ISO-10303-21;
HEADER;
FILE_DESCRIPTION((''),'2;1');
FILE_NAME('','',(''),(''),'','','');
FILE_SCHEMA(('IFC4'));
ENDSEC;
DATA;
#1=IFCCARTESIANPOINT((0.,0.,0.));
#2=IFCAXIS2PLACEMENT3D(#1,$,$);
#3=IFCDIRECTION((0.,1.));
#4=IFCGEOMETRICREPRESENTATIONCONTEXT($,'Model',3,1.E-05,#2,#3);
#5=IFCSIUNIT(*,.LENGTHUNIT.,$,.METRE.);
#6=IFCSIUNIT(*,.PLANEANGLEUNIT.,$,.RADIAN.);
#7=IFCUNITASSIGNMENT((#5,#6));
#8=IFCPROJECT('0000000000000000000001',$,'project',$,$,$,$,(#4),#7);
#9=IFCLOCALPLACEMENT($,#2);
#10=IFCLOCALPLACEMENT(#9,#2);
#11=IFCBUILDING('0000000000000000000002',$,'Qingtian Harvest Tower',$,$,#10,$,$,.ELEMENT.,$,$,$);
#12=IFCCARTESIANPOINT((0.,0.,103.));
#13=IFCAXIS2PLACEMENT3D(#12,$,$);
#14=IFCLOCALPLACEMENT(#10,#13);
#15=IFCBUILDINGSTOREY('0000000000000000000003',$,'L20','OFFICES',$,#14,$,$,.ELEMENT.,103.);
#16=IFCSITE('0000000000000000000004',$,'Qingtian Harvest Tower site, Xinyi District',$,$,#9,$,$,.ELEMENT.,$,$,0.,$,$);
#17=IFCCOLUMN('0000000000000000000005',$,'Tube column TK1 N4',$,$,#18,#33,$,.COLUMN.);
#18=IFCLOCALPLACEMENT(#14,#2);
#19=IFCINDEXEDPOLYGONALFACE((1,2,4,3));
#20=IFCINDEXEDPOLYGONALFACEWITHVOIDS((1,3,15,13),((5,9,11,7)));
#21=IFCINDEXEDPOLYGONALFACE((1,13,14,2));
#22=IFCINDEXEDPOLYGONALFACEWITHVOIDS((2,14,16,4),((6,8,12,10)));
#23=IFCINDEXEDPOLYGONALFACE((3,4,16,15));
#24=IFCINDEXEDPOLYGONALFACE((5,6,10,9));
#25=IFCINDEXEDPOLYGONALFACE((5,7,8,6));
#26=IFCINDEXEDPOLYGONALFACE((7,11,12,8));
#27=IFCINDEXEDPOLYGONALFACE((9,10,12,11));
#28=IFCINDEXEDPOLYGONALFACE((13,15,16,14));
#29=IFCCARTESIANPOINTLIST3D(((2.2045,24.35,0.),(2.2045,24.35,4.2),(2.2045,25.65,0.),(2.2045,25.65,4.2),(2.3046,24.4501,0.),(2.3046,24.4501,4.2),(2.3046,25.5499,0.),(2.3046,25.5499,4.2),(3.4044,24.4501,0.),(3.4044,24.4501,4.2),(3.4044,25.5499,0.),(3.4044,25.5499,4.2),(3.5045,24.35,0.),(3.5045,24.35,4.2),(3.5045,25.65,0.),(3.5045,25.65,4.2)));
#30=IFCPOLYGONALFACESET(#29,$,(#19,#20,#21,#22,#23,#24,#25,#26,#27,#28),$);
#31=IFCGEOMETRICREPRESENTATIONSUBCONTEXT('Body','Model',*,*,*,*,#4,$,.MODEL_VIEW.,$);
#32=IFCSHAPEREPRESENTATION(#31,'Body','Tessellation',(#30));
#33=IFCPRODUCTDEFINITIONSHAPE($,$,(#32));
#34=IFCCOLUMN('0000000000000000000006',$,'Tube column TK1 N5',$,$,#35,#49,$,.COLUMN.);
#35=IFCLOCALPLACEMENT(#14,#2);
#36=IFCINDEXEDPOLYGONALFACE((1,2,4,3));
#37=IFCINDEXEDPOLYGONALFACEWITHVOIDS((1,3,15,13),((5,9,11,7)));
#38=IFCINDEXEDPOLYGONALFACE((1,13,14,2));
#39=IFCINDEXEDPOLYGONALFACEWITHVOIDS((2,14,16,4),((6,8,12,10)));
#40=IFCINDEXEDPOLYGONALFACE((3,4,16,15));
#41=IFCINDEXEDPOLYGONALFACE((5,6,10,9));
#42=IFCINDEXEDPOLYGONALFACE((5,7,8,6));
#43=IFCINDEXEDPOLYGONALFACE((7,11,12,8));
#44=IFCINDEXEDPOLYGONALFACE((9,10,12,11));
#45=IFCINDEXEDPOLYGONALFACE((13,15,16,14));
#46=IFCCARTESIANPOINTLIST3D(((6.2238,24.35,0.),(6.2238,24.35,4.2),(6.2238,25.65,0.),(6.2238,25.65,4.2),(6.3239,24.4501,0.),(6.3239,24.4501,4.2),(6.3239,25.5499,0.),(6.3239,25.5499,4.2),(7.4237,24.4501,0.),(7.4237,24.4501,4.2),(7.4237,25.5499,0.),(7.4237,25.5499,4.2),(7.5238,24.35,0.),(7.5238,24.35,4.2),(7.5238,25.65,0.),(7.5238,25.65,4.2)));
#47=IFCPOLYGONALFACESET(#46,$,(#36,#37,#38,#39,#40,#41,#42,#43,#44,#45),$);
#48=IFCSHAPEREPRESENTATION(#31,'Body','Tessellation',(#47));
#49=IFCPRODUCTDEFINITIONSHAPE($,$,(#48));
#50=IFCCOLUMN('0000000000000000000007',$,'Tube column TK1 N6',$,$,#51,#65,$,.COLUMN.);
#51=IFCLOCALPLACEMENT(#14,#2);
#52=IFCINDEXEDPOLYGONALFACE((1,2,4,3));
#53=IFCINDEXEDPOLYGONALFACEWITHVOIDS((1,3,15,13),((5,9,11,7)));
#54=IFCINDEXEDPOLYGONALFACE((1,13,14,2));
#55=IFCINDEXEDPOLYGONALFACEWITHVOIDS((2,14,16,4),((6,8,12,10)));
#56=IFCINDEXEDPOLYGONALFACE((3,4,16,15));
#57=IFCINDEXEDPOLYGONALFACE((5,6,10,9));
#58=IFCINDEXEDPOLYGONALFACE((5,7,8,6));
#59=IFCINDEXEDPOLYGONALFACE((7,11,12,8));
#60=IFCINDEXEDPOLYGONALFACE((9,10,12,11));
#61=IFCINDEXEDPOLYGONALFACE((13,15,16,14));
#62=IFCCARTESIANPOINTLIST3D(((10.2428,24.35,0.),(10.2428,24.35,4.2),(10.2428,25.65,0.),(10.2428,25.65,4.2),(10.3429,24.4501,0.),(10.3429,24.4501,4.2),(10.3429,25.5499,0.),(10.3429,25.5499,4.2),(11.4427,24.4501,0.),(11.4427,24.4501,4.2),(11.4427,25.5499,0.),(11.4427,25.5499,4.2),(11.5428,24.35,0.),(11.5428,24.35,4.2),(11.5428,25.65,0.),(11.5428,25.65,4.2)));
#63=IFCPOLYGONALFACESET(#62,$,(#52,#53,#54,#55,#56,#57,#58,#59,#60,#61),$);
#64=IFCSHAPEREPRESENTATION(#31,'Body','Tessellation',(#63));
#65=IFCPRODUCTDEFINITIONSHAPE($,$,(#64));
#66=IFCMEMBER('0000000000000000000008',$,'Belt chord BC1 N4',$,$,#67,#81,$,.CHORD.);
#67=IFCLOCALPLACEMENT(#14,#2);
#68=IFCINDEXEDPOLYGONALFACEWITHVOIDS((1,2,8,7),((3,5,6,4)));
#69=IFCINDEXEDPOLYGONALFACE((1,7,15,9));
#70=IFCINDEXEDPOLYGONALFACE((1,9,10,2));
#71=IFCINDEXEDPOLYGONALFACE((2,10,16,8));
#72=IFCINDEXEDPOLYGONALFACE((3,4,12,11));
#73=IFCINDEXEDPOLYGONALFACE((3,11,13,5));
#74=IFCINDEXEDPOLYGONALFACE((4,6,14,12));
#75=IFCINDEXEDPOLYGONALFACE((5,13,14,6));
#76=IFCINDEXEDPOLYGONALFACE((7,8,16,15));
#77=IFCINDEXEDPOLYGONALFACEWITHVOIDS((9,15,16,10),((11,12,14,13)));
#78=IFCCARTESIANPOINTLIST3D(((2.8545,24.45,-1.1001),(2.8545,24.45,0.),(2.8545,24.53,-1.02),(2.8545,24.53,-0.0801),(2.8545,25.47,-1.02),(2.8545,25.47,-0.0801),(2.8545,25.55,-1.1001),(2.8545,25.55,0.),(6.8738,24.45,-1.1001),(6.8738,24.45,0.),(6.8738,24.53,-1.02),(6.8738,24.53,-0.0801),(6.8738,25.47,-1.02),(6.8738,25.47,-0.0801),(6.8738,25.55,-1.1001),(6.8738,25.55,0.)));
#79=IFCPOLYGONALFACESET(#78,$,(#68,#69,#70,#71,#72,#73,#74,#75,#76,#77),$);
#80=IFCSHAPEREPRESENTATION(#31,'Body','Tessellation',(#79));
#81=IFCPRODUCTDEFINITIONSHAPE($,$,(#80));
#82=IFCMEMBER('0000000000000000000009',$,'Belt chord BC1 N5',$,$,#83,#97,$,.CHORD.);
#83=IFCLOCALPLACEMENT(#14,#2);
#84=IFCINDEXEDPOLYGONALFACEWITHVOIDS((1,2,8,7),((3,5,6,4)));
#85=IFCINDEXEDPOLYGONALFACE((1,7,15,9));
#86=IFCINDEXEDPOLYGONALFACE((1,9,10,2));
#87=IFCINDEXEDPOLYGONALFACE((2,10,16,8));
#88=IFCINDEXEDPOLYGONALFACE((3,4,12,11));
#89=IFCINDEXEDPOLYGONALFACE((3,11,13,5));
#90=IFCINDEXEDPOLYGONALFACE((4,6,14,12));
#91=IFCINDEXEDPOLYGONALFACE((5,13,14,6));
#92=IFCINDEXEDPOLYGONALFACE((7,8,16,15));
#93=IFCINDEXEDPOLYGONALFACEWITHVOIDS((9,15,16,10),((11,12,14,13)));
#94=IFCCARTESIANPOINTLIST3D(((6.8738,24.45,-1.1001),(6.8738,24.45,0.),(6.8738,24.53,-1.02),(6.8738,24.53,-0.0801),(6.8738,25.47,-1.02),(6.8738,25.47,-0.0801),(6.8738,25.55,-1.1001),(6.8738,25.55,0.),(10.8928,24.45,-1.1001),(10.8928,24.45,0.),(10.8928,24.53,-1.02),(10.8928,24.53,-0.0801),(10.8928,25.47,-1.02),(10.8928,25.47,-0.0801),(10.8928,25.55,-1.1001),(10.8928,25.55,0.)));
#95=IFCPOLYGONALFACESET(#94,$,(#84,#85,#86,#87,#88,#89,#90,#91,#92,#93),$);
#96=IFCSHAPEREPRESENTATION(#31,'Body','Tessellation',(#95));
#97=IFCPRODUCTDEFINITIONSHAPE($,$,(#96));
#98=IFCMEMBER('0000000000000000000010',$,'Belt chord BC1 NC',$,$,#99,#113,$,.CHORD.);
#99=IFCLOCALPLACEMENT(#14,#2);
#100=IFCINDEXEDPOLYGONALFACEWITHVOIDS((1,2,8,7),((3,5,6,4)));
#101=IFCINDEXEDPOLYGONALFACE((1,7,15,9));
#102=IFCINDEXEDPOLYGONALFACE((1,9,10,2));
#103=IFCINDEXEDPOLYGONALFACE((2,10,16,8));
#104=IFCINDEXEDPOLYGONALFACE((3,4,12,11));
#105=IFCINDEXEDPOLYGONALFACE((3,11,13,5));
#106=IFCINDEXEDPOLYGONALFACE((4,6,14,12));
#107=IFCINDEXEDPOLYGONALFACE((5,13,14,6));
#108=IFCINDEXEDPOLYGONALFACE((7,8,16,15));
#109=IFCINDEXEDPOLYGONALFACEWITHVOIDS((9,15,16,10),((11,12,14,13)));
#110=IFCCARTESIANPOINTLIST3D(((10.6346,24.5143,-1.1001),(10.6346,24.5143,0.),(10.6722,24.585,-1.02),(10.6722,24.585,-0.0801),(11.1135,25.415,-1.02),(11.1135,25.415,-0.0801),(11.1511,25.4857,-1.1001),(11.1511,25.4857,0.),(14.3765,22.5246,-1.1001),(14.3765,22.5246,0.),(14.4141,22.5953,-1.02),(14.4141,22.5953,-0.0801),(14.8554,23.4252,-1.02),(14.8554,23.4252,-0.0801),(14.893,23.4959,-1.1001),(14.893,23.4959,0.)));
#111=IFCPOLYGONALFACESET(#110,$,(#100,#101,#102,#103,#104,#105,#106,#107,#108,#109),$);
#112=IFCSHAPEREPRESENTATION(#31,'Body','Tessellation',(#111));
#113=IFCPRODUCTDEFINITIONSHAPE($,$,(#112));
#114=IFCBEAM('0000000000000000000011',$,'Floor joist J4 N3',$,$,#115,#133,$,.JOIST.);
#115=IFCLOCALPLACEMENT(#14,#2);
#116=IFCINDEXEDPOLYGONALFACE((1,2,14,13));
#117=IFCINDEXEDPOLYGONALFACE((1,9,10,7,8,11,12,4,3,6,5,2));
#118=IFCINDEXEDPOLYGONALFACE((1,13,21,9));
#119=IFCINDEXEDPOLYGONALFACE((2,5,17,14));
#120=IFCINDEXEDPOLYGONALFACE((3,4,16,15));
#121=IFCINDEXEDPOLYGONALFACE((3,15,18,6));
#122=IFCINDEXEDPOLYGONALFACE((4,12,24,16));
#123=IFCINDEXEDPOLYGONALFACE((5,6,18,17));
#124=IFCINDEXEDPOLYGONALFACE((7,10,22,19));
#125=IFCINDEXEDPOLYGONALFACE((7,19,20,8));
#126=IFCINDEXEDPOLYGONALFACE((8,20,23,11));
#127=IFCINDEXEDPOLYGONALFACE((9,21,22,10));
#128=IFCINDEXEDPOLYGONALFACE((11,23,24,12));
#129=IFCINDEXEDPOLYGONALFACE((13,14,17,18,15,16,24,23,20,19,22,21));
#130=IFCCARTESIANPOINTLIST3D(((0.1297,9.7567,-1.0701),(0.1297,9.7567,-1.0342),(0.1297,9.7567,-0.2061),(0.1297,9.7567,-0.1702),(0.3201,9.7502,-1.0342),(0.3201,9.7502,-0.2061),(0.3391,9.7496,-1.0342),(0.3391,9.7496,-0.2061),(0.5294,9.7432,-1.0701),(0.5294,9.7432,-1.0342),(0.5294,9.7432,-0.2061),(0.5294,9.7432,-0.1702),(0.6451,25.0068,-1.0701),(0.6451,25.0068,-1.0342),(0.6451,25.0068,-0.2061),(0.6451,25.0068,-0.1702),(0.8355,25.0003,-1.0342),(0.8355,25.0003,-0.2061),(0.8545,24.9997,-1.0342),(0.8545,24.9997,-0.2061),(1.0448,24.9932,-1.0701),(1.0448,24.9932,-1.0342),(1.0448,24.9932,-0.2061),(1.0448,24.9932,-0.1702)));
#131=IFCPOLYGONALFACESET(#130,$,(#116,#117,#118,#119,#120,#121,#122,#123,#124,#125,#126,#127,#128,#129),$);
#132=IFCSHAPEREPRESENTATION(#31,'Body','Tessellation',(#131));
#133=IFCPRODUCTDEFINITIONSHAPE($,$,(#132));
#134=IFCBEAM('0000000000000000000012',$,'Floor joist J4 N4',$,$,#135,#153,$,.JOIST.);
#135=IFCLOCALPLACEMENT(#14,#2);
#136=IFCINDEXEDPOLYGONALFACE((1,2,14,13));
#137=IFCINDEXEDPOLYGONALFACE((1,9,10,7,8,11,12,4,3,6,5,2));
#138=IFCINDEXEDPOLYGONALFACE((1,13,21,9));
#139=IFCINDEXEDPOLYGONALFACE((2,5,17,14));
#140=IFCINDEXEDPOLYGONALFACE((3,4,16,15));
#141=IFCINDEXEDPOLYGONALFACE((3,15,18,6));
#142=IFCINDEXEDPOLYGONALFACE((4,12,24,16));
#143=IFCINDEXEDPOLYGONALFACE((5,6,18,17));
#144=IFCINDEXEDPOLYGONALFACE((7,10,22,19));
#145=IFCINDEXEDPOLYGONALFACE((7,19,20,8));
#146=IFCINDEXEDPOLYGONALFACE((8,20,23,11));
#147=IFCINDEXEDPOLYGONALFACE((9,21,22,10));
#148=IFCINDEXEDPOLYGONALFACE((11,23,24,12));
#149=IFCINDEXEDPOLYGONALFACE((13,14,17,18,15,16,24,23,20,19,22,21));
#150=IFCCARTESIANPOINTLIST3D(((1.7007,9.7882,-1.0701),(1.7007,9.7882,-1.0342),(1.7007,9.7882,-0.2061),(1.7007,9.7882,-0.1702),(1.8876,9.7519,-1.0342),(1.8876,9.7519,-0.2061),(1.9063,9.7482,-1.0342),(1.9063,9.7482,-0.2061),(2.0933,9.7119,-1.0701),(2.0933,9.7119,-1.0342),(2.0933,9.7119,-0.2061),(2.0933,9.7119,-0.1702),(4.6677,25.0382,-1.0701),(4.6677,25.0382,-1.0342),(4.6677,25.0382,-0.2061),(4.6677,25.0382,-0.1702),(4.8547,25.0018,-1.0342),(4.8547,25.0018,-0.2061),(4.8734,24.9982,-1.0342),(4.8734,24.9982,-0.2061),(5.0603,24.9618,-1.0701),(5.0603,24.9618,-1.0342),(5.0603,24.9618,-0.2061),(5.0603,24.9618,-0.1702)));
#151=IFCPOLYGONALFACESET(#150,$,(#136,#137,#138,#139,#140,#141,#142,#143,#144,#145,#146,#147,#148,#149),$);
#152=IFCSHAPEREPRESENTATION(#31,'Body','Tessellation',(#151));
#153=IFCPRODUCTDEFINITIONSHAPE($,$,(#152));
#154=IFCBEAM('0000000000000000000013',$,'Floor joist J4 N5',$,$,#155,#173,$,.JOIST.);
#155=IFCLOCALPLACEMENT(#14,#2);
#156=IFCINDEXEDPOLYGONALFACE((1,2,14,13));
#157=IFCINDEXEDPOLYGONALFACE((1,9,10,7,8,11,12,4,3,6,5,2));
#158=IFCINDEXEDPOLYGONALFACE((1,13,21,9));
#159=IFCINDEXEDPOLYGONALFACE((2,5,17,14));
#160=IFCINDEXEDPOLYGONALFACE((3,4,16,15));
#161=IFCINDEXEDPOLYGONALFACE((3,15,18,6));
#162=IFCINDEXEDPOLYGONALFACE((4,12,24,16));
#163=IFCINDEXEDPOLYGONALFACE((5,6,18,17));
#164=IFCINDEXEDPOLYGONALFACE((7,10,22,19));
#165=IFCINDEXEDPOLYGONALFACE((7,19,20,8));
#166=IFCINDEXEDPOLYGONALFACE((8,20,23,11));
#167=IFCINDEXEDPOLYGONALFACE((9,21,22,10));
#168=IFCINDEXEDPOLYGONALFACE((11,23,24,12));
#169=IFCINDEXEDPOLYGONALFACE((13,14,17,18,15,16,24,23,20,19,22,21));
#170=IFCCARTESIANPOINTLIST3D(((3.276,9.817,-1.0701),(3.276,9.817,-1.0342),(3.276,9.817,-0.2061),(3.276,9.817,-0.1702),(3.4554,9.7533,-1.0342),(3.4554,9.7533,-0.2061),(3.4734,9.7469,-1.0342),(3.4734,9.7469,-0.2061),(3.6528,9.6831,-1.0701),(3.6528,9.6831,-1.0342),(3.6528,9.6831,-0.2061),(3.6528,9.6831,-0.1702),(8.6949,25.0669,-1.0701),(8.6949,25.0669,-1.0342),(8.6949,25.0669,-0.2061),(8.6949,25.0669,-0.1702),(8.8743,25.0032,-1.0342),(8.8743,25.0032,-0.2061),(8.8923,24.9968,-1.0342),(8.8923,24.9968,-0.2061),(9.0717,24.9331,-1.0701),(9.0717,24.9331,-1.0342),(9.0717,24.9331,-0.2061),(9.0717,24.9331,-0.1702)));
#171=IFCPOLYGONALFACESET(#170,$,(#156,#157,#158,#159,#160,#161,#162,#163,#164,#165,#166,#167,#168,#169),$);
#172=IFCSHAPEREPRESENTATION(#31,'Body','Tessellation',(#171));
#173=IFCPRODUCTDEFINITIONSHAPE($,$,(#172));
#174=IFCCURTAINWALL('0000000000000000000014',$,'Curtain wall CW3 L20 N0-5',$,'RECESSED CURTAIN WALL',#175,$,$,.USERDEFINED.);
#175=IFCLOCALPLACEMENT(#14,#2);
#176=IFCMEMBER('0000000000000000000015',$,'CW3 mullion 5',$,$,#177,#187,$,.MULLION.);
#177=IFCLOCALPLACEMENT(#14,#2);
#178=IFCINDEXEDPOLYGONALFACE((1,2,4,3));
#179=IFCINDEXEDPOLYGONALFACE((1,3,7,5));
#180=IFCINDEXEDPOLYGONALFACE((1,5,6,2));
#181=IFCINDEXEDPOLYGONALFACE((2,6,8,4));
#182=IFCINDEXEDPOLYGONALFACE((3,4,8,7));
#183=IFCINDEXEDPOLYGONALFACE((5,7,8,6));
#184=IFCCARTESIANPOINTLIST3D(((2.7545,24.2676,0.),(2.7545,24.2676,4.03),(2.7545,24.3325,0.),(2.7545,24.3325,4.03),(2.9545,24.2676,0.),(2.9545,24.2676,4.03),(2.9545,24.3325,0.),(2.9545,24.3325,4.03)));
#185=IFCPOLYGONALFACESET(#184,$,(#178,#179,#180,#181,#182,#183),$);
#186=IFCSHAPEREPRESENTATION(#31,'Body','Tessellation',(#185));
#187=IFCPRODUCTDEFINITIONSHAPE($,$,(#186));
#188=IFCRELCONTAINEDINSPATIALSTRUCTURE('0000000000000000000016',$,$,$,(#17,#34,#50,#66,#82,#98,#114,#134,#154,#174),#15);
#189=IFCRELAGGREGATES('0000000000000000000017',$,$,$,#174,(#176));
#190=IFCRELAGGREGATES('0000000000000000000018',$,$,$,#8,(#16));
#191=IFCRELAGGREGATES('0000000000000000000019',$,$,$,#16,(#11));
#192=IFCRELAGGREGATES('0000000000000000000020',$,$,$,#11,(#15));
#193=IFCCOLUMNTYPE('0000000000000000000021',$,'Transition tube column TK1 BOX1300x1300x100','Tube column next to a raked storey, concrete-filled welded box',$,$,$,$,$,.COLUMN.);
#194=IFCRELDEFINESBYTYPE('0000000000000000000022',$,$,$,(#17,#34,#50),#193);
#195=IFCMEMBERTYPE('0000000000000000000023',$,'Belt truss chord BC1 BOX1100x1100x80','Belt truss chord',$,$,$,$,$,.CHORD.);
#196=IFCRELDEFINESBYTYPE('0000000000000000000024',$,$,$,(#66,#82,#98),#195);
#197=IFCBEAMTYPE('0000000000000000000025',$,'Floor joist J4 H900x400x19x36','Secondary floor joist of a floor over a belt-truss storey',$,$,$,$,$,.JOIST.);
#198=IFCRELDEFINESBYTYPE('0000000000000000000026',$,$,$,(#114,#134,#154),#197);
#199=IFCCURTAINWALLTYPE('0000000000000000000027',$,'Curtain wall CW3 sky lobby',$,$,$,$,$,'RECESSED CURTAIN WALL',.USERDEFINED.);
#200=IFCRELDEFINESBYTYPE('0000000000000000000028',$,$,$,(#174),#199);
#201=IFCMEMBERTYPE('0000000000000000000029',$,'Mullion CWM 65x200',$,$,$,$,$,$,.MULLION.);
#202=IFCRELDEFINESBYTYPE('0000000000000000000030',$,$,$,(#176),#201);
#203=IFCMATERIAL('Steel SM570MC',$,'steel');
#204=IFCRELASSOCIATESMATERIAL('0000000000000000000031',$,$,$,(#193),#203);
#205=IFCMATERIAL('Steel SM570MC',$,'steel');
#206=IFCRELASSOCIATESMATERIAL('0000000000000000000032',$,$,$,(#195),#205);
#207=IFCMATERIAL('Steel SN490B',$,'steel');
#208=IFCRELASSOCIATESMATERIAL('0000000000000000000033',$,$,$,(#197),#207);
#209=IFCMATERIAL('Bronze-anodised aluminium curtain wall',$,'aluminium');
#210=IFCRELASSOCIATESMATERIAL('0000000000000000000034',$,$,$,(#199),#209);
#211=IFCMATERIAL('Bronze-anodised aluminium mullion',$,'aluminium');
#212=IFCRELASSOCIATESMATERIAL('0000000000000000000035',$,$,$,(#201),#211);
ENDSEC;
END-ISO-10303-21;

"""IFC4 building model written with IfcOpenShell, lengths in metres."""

from ifc_helpers import new_model, si_unit, direction, frame, origin, origin_2d, place, context, subcontext, project, spatial, rectangle, hollow_rectangle, i_section, extrude, material, material_profile, profile_set, type_object, element, aggregate, save


model = new_model("IFC4")

# Units and contexts
model_context = context("Model", 3, precision=1e-05, world=origin(), true_north=direction((0.0, 1.0)))
body_context = subcontext(model_context, "Body", "Model", "MODEL_VIEW")
ifc_project = project(units=[si_unit("LENGTHUNIT", "METRE"), si_unit("PLANEANGLEUNIT", "RADIAN")], contexts=[model_context])

# Site, building, storey
site_placement = place(None, origin())
site = spatial("IfcSite", under=ifc_project, at=site_placement, Name="Qingtian Harvest Tower site, Xinyi District", CompositionType="ELEMENT", RefElevation=0.0)
building_placement = place(site_placement, origin())
building = spatial("IfcBuilding", under=site, at=building_placement, Name="Qingtian Harvest Tower", CompositionType="ELEMENT")
storey_placement = place(building_placement, frame((0.0, 0.0, 103.0)))
storey = spatial("IfcBuildingStorey", under=building, at=storey_placement, Name="L20", Description="OFFICES", CompositionType="ELEMENT", Elevation=103.0)

# Columns
ifc_material_1 = material(Name="Steel SM570MC", Category="steel")
ifc_material_profile_1 = material_profile(ifc_material_1, hollow_rectangle(XDim=1.3, YDim=1.3, WallThickness=0.1001, at=origin_2d()), Name="BOX1300x1300x100")
ifc_profile_set_1 = profile_set([ifc_material_profile_1], Name="Steel SM570MC")
column_type = type_object("IfcColumnType", Name="Transition tube column TK1 BOX1300x1300x100", Description="Tube column next to a raked storey, concrete-filled welded box", PredefinedType="COLUMN", material=ifc_profile_set_1)
for number, where, z_axis, x_axis, name in (
    (1, (2.8545, 25.0, 0.0), (0.0, 0.0, 1.0), (-1.0, 0.0, 0.0), "Tube column TK1 N4"),
    (2, (6.8738, 25.0, 0.0), (0.0, 0.0, 1.0), (-1.0, 0.0, 0.0), "Tube column TK1 N5"),
    (3, (10.8928, 25.0, 0.0), (0.0, 0.0, 1.0), (-1.0, 0.0, 0.0), "Tube column TK1 N6"),
):
    element("IfcColumn", number, at=place(storey_placement, frame(where, z_axis=z_axis, x_axis=x_axis)), inside=storey, type_object=column_type, Name=name, PredefinedType="COLUMN", context=body_context, shape_type="SweptSolid", body=[
        extrude(hollow_rectangle(XDim=1.3, YDim=1.3, WallThickness=0.1001, at=origin_2d()), origin(), (0.0, 0.0, 1.0), 4.2),
    ])

# Members
ifc_material_2 = material(Name="Steel SM570MC", Category="steel")
ifc_material_profile_2 = material_profile(ifc_material_2, hollow_rectangle(XDim=1.1001, YDim=1.1001, WallThickness=0.0801, at=origin_2d()), Name="BOX1100x1100x80")
ifc_profile_set_2 = profile_set([ifc_material_profile_2], Name="Steel SM570MC")
member_type_1 = type_object("IfcMemberType", Name="Belt truss chord BC1 BOX1100x1100x80", Description="Belt truss chord", PredefinedType="CHORD", material=ifc_profile_set_2)
member_1_placement = place(storey_placement, frame((2.8545, 25.0, -0.55), z_axis=(1.0, 0.0, 0.0), x_axis=(0.0, 1.0, 0.0)))
element("IfcMember", 4, at=member_1_placement, inside=storey, type_object=member_type_1, Name="Belt chord BC1 N4", PredefinedType="CHORD", context=body_context, shape_type="SweptSolid", body=[
    extrude(hollow_rectangle(XDim=1.1001, YDim=1.1001, WallThickness=0.0801, at=origin_2d()), origin(), (0.0, 0.0, 1.0), 4.0193),
])
member_2_placement = place(storey_placement, frame((6.8738, 25.0, -0.55), z_axis=(1.0, 0.0, 0.0), x_axis=(0.0, 1.0, 0.0)))
element("IfcMember", 5, at=member_2_placement, inside=storey, type_object=member_type_1, Name="Belt chord BC1 N5", PredefinedType="CHORD", context=body_context, shape_type="SweptSolid", body=[
    extrude(hollow_rectangle(XDim=1.1001, YDim=1.1001, WallThickness=0.0801, at=origin_2d()), origin(), (0.0, 0.0, 1.0), 4.019),
])
member_3_placement = place(storey_placement, frame((10.8928, 25.0, -0.55), z_axis=(0.882936, -0.469494, 0.0), x_axis=(0.469494, 0.882936, 0.0)))
element("IfcMember", 6, at=member_3_placement, inside=storey, type_object=member_type_1, Name="Belt chord BC1 NC", PredefinedType="CHORD", context=body_context, shape_type="SweptSolid", body=[
    extrude(hollow_rectangle(XDim=1.1001, YDim=1.1001, WallThickness=0.0801, at=origin_2d()), origin(), (0.0, 0.0, 1.0), 4.238),
])

# Beams
ifc_material_3 = material(Name="Steel SN490B", Category="steel")
ifc_material_profile_3 = material_profile(ifc_material_3, i_section(OverallWidth=0.3999, OverallDepth=0.8999, WebThickness=0.019, FlangeThickness=0.0359, at=origin_2d()), Name="H900x400x19x36")
ifc_profile_set_3 = profile_set([ifc_material_profile_3], Name="Steel SN490B")
beam_type_1 = type_object("IfcBeamType", Name="Floor joist J4 H900x400x19x36", Description="Secondary floor joist of a floor over a belt-truss storey", PredefinedType="JOIST", material=ifc_profile_set_3)
beam_1_placement = place(storey_placement, frame((0.845, 25.0, -0.6201), z_axis=(-0.033776, -0.999429, 0.0), x_axis=(0.999429, -0.033776, 0.0)))
element("IfcBeam", 7, at=beam_1_placement, inside=storey, type_object=beam_type_1, Name="Floor joist J4 N3", PredefinedType="JOIST", context=body_context, shape_type="SweptSolid", body=[
    extrude(i_section(OverallWidth=0.3999, OverallDepth=0.8999, WebThickness=0.019, FlangeThickness=0.0359, at=origin_2d()), origin(), (0.0, 0.0, 1.0), 15.2588),
])
beam_2_placement = place(storey_placement, frame((4.864, 25.0, -0.6201), z_axis=(-0.190979, -0.981594, 0.0), x_axis=(0.981594, -0.190979, 0.0)))
element("IfcBeam", 8, at=beam_2_placement, inside=storey, type_object=beam_type_1, Name="Floor joist J4 N4", PredefinedType="JOIST", context=body_context, shape_type="SweptSolid", body=[
    extrude(i_section(OverallWidth=0.3999, OverallDepth=0.8999, WebThickness=0.019, FlangeThickness=0.0359, at=origin_2d()), origin(), (0.0, 0.0, 1.0), 15.5359),
])
beam_3_placement = place(storey_placement, frame((8.8833, 25.0, -0.6201), z_axis=(-0.33483, -0.942279, 0.0), x_axis=(0.942279, -0.33483, 0.0)))
element("IfcBeam", 9, at=beam_3_placement, inside=storey, type_object=beam_type_1, Name="Floor joist J4 N5", PredefinedType="JOIST", context=body_context, shape_type="SweptSolid", body=[
    extrude(i_section(OverallWidth=0.3999, OverallDepth=0.8999, WebThickness=0.019, FlangeThickness=0.0359, at=origin_2d()), origin(), (0.0, 0.0, 1.0), 16.1841),
])

# Curtain wall, member
ifc_material_4 = material(Name="Bronze-anodised aluminium curtain wall", Category="aluminium")
curtain_wall_type = type_object("IfcCurtainWallType", Name="Curtain wall CW3 sky lobby", ElementType="RECESSED CURTAIN WALL", PredefinedType="USERDEFINED", material=ifc_material_4)
curtain_wall_1_placement = place(storey_placement, origin())
curtain_wall_1 = element("IfcCurtainWall", 10, at=curtain_wall_1_placement, inside=storey, type_object=curtain_wall_type, Name="Curtain wall CW3 L20 N0-5", ObjectType="RECESSED CURTAIN WALL", PredefinedType="USERDEFINED")
ifc_material_5 = material(Name="Bronze-anodised aluminium mullion", Category="aluminium")
ifc_material_profile_4 = material_profile(ifc_material_5, rectangle(XDim=0.0649, YDim=0.2, at=origin_2d()), Name="AL 65x200")
ifc_profile_set_4 = profile_set([ifc_material_profile_4], Name="Bronze-anodised aluminium mullion")
member_type_2 = type_object("IfcMemberType", Name="Mullion CWM 65x200", PredefinedType="MULLION", material=ifc_profile_set_4)
member_4_placement = place(storey_placement, frame((2.8545, 24.3, 0.0), z_axis=(0.0, 0.0, 1.0), x_axis=(0.0, 1.0, 0.0)))
member_4 = element("IfcMember", 11, at=member_4_placement, type_object=member_type_2, Name="CW3 mullion 5", PredefinedType="MULLION", context=body_context, shape_type="SweptSolid", body=[
    extrude(rectangle(XDim=0.0649, YDim=0.2, at=origin_2d()), origin(), (0.0, 0.0, 1.0), 4.03),
])

aggregate(curtain_wall_1, [member_4])

save(model, "model.ifc")
